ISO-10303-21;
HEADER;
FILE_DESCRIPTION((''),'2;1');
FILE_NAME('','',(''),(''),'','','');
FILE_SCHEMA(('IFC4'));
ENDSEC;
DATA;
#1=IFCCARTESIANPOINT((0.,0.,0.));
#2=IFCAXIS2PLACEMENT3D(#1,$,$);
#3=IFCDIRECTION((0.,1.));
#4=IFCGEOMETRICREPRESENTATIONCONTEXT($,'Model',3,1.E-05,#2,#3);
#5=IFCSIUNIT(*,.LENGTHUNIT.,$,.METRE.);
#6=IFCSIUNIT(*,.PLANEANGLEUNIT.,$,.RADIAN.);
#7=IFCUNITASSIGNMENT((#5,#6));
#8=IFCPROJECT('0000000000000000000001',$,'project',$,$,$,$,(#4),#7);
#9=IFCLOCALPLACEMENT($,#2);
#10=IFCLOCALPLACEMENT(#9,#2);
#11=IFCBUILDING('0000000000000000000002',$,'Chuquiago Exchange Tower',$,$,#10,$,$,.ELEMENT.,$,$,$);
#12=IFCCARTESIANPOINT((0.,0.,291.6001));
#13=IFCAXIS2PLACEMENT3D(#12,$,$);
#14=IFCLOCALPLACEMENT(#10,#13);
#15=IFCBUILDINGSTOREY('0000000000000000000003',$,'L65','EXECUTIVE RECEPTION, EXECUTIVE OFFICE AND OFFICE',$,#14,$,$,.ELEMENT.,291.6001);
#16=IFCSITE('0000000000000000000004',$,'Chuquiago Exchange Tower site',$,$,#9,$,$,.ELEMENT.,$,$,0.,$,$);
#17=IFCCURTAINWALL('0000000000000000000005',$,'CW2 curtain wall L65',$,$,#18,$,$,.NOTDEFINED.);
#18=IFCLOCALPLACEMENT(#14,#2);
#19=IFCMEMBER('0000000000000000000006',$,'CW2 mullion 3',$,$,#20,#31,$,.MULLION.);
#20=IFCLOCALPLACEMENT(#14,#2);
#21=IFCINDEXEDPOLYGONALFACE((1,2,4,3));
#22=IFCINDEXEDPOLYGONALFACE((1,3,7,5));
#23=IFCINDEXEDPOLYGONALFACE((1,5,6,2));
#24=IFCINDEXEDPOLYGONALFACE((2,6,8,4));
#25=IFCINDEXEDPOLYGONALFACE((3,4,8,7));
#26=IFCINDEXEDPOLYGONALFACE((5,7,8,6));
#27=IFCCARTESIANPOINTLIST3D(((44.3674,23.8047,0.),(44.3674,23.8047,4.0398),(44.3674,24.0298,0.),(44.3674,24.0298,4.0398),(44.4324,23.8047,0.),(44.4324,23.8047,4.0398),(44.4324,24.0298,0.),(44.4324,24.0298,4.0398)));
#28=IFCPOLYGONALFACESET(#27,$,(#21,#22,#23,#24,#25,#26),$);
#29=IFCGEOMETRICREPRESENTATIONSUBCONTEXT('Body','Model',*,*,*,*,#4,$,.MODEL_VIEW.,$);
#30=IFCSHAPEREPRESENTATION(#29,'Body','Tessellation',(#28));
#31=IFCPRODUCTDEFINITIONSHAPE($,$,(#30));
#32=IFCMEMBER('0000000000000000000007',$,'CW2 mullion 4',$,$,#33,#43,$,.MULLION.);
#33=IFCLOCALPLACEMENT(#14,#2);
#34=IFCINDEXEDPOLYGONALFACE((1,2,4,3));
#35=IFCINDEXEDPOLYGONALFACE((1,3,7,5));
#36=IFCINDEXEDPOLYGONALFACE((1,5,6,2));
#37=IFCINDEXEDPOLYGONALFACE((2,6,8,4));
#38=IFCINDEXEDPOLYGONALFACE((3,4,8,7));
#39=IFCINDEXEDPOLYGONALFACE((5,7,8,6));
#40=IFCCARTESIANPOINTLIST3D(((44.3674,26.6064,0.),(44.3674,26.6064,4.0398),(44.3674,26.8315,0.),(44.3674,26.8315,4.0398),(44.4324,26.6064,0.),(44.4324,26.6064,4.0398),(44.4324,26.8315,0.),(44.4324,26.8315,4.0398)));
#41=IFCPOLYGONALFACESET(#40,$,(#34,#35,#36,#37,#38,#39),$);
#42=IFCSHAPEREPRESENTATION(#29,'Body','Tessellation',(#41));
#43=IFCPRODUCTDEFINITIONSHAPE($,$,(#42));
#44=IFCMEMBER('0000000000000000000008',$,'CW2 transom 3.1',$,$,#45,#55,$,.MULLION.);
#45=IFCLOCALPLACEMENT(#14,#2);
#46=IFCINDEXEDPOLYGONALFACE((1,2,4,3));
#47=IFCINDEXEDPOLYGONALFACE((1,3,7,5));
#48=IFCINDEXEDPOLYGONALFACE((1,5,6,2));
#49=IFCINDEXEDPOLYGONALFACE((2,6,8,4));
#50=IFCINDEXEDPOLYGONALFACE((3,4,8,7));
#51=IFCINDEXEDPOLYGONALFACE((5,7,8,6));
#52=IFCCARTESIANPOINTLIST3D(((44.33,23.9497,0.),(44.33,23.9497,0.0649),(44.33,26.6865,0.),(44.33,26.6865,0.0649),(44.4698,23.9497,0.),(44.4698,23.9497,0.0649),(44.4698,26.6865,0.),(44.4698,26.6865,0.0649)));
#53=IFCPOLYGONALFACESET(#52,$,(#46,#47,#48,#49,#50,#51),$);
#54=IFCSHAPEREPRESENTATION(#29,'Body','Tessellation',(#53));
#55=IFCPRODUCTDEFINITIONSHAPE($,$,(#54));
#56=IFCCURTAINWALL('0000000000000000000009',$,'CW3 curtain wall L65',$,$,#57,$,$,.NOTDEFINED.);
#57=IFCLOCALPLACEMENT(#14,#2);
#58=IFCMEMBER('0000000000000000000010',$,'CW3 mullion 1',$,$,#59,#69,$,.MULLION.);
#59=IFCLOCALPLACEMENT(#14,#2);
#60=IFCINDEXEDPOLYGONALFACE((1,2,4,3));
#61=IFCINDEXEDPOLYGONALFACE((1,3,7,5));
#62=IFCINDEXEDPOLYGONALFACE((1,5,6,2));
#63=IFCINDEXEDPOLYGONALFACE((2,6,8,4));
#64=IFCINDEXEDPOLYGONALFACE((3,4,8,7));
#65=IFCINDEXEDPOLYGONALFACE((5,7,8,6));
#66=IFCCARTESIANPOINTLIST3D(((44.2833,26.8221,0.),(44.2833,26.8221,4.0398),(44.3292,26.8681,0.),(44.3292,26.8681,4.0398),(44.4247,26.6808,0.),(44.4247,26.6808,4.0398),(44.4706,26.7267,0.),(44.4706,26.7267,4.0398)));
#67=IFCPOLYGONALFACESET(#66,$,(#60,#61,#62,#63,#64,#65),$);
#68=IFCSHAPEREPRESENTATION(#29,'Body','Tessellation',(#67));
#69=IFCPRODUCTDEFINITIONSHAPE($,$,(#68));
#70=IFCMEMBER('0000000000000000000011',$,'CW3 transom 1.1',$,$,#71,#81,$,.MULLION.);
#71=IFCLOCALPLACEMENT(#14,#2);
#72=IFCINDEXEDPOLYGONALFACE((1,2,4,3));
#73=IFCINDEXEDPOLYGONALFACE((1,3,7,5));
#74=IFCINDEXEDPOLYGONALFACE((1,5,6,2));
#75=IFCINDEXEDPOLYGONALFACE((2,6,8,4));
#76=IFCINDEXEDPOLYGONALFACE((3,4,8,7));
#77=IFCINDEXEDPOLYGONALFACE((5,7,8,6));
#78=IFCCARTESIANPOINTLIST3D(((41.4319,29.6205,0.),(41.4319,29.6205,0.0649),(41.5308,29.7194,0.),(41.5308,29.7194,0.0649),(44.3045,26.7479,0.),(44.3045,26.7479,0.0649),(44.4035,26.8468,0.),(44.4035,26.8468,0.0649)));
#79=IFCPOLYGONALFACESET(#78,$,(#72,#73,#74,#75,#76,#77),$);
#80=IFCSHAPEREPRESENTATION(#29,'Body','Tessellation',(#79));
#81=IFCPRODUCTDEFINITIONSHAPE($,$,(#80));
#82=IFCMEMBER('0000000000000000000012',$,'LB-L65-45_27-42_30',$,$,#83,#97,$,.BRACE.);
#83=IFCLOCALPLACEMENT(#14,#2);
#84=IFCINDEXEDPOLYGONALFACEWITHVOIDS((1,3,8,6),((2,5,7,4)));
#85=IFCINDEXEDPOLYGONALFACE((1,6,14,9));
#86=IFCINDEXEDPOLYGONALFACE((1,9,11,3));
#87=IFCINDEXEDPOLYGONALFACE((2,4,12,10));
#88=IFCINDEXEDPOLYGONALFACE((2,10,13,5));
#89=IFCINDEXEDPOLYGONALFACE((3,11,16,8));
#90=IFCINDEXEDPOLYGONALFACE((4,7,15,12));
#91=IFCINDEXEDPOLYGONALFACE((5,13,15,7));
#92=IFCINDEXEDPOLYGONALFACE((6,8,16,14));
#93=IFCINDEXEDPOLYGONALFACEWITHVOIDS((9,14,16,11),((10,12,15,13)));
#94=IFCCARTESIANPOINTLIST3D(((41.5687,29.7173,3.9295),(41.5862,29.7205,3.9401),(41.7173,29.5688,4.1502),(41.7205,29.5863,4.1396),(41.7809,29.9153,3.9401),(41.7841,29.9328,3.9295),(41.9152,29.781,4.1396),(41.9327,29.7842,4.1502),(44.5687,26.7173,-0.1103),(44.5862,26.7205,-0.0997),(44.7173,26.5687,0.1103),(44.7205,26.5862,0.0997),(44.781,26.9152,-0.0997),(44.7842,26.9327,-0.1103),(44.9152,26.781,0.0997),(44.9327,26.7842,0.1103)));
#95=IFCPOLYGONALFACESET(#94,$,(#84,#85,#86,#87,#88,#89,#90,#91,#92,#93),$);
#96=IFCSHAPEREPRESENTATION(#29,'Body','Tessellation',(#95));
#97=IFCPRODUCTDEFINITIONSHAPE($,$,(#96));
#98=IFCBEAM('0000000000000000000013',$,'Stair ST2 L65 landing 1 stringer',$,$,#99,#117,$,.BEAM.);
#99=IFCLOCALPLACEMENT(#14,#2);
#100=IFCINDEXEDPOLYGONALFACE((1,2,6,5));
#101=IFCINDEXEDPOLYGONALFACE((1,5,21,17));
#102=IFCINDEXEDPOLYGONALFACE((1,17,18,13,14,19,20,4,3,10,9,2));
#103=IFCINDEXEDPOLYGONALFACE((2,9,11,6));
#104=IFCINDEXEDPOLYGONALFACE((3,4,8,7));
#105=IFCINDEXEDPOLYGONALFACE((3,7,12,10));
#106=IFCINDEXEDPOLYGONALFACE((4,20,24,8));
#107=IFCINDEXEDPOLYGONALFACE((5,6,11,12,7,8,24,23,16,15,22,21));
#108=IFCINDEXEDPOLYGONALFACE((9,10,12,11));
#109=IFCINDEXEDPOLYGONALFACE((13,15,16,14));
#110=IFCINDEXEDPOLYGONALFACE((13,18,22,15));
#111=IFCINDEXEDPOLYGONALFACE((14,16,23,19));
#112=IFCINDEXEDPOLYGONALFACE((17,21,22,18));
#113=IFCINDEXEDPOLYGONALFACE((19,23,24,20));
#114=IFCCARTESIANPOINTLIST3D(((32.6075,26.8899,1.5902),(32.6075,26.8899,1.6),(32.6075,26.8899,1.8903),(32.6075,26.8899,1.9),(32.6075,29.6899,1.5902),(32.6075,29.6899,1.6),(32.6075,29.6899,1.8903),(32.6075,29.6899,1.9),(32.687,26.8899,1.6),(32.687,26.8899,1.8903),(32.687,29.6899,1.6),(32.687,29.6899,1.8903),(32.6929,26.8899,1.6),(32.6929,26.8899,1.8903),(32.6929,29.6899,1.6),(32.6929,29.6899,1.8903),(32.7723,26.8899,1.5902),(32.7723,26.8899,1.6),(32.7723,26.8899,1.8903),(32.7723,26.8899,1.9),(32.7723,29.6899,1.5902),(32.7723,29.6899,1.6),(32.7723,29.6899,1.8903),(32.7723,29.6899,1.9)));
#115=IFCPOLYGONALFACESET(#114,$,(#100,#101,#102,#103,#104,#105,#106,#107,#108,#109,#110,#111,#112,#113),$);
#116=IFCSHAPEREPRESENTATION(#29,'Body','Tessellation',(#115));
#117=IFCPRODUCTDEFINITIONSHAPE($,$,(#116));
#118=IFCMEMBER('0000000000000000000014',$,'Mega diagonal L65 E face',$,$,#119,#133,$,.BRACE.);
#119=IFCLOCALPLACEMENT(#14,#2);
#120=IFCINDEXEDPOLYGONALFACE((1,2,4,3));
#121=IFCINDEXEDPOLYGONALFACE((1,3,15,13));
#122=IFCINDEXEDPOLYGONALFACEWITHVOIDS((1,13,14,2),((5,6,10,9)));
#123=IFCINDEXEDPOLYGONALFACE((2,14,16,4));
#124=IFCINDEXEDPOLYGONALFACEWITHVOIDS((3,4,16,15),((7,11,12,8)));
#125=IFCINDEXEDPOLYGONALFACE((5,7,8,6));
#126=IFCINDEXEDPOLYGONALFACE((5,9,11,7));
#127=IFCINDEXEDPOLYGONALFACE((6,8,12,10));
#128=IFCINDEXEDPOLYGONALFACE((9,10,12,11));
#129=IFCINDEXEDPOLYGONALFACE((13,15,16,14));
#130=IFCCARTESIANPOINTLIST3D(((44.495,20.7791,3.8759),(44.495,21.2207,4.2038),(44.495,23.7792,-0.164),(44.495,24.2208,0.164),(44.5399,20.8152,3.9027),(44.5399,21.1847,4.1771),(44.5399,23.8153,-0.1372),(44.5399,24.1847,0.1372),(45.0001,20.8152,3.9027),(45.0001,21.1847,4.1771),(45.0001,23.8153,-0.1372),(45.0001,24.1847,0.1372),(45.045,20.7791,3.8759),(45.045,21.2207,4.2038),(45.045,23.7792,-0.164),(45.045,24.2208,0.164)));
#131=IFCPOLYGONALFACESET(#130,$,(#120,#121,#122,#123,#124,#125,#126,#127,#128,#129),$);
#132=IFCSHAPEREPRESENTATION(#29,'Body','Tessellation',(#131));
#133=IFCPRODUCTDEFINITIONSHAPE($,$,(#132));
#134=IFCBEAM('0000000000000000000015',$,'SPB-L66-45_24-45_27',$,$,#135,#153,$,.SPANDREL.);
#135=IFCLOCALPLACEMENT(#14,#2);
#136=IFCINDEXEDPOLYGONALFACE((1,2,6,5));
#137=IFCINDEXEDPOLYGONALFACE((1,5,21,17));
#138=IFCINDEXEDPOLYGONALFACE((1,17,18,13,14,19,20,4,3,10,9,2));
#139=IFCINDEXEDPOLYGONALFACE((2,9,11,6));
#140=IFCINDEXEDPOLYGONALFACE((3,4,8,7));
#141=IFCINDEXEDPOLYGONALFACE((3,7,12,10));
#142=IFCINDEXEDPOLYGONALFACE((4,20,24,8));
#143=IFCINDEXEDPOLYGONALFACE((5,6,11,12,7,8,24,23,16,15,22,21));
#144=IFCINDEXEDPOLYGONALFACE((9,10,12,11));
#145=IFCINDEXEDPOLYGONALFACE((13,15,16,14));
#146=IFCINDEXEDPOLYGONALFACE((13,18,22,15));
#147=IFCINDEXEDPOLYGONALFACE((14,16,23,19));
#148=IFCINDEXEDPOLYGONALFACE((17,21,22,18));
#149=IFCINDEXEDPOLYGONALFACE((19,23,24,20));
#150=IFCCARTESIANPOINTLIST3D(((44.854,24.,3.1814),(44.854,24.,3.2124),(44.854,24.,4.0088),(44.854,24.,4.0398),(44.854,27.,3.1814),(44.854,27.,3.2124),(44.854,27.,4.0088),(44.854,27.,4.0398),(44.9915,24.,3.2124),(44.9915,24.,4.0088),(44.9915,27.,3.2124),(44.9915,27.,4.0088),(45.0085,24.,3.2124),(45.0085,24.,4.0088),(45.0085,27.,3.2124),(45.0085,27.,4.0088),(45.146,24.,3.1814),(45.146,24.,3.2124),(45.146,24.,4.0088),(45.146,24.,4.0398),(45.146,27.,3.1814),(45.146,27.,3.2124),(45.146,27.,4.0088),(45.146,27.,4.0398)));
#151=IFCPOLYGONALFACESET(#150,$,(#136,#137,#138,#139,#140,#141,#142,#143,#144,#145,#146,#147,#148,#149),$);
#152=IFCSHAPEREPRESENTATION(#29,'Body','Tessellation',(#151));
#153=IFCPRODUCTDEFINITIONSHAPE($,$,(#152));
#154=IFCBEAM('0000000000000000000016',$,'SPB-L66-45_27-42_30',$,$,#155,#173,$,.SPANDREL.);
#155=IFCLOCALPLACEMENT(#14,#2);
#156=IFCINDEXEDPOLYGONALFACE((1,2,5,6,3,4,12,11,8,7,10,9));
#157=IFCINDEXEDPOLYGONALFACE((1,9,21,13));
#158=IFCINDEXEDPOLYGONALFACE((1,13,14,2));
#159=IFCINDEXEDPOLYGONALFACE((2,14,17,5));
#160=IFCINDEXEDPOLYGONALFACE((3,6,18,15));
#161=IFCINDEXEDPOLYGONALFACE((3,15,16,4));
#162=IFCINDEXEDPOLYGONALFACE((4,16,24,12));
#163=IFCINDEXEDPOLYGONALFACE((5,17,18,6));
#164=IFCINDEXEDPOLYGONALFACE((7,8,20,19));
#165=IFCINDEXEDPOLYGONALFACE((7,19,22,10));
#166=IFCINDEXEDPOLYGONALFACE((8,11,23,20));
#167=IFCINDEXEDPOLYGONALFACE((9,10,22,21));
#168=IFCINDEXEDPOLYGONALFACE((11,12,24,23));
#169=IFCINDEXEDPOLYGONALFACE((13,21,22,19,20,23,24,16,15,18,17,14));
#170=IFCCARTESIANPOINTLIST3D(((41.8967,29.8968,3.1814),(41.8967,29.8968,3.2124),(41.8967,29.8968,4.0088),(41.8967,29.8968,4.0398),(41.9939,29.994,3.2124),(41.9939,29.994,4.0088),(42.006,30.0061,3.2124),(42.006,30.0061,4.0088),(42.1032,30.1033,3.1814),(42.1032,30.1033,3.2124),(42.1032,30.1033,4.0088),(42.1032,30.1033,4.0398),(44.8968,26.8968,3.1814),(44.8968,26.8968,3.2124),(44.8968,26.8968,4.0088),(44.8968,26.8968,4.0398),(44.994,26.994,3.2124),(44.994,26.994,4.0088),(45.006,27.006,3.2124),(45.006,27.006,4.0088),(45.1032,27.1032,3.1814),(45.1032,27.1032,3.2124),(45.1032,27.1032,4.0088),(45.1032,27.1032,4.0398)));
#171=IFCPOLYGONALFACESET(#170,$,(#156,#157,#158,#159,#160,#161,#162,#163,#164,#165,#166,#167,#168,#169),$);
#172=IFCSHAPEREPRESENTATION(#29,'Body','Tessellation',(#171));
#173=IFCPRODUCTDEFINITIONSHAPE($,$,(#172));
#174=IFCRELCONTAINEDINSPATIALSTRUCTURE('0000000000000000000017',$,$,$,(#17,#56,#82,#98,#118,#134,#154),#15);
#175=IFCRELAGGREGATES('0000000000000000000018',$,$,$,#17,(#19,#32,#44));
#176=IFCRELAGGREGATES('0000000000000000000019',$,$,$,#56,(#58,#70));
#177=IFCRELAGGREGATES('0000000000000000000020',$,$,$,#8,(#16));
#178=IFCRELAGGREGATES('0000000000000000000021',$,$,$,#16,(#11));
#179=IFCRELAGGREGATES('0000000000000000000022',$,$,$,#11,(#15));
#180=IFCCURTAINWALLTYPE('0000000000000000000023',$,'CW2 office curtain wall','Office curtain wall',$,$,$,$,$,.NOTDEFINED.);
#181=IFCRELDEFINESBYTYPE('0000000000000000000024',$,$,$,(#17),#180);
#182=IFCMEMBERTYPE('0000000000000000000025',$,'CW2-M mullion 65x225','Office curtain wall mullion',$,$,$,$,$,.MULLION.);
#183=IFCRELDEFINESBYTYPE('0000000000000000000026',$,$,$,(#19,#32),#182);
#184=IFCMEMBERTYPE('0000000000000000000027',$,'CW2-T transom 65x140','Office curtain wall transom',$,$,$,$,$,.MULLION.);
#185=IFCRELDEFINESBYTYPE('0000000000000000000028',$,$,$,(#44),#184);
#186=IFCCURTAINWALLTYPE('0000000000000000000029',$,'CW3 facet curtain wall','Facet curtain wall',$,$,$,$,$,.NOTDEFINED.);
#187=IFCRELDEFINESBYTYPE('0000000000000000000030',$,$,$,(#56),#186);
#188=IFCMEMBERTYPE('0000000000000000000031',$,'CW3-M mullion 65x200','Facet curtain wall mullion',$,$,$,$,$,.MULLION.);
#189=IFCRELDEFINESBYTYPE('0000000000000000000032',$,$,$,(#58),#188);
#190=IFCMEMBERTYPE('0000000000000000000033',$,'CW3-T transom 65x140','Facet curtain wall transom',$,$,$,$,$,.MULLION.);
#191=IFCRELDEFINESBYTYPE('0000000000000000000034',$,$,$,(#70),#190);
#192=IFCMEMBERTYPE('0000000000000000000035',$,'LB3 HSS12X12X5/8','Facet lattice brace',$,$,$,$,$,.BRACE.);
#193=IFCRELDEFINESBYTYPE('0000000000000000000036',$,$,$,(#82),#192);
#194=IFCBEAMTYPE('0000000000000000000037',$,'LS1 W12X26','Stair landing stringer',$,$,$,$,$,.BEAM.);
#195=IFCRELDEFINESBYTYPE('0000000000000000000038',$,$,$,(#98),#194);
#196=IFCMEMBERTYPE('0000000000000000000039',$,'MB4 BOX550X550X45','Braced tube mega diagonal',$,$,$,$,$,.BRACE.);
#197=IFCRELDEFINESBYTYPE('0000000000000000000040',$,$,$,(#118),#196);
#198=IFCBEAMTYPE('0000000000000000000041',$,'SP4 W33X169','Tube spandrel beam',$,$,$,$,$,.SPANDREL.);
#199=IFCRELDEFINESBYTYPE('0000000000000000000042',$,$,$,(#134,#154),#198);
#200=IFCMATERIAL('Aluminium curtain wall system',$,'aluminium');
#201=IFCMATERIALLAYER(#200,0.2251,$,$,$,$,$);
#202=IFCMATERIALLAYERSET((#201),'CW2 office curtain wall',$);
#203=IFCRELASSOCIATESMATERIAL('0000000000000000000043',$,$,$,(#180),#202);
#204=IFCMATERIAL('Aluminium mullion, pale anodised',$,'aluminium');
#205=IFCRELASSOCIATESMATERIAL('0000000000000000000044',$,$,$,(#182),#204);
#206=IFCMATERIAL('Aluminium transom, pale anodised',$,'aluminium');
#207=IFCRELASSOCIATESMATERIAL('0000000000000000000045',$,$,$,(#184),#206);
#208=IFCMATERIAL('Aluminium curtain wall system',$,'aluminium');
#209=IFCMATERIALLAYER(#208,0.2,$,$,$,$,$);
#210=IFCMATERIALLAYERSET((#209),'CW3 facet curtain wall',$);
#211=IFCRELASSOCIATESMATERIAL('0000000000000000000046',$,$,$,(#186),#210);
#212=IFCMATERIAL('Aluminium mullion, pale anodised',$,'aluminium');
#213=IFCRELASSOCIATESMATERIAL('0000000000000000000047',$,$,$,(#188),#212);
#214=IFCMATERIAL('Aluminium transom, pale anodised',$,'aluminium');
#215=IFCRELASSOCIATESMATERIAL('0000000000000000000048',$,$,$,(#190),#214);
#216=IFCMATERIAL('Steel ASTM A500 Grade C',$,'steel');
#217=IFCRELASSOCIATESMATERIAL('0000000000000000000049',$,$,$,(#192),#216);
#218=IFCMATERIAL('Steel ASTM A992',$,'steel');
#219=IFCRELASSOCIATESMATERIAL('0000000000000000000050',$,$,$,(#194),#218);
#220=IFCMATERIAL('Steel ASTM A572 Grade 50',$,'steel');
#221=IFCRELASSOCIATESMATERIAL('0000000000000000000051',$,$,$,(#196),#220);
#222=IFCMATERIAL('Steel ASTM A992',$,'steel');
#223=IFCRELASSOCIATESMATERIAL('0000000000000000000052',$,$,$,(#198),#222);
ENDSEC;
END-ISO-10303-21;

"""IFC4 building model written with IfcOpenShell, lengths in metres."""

from ifc_helpers import new_model, si_unit, direction, frame, origin, origin_2d, place, context, subcontext, project, spatial, rectangle, hollow_rectangle, i_section, extrude, material, layer, layer_set, material_profile, profile_set, type_object, element, aggregate, save


model = new_model("IFC4")

# Units and contexts
model_context = context("Model", 3, precision=1e-05, world=origin(), true_north=direction((0.0, 1.0)))
body_context = subcontext(model_context, "Body", "Model", "MODEL_VIEW")
ifc_project = project(units=[si_unit("LENGTHUNIT", "METRE"), si_unit("PLANEANGLEUNIT", "RADIAN")], contexts=[model_context])

# Site, building, storey
site_placement = place(None, origin())
site = spatial("IfcSite", under=ifc_project, at=site_placement, Name="Chuquiago Exchange Tower site", CompositionType="ELEMENT", RefElevation=0.0)
building_placement = place(site_placement, origin())
building = spatial("IfcBuilding", under=site, at=building_placement, Name="Chuquiago Exchange Tower", CompositionType="ELEMENT")
storey_placement = place(building_placement, frame((0.0, 0.0, 291.6001)))
storey = spatial("IfcBuildingStorey", under=building, at=storey_placement, Name="L65", Description="EXECUTIVE RECEPTION, EXECUTIVE OFFICE AND OFFICE", CompositionType="ELEMENT", Elevation=291.6001)

# Curtain walls, members
ifc_material_1 = material(Name="Aluminium curtain wall system", Category="aluminium")
ifc_layer_1 = layer(ifc_material_1, 0.2251)
ifc_layer_set_1 = layer_set([ifc_layer_1], Name="CW2 office curtain wall")
curtain_wall_type_1 = type_object("IfcCurtainWallType", Name="CW2 office curtain wall", Description="Office curtain wall", PredefinedType="NOTDEFINED", material=ifc_layer_set_1)
curtain_wall_1_placement = place(storey_placement, origin())
curtain_wall_1 = element("IfcCurtainWall", 1, at=curtain_wall_1_placement, inside=storey, type_object=curtain_wall_type_1, Name="CW2 curtain wall L65", PredefinedType="NOTDEFINED")
ifc_material_2 = material(Name="Aluminium mullion, pale anodised", Category="aluminium")
ifc_material_profile_1 = material_profile(ifc_material_2, rectangle(XDim=0.0649, YDim=0.2251, at=origin_2d()), Name="AL 65x225")
ifc_profile_set_1 = profile_set([ifc_material_profile_1], Name="Aluminium mullion, pale anodised")
member_type_1 = type_object("IfcMemberType", Name="CW2-M mullion 65x225", Description="Office curtain wall mullion", PredefinedType="MULLION", material=ifc_profile_set_1)
member_1_placement = place(storey_placement, frame((44.3999, 23.9172, 0.0), z_axis=(0.0, 0.0, 1.0), x_axis=(-1.0, 0.0, 0.0)))
member_1 = element("IfcMember", 2, at=member_1_placement, type_object=member_type_1, Name="CW2 mullion 3", PredefinedType="MULLION", context=body_context, shape_type="SweptSolid", body=[
    extrude(rectangle(XDim=0.0649, YDim=0.2251, at=origin_2d()), origin(), (0.0, 0.0, 1.0), 4.0398),
])
member_2_placement = place(storey_placement, frame((44.3999, 26.719, 0.0), z_axis=(0.0, 0.0, 1.0), x_axis=(-1.0, 0.0, 0.0)))
member_2 = element("IfcMember", 3, at=member_2_placement, type_object=member_type_1, Name="CW2 mullion 4", PredefinedType="MULLION", context=body_context, shape_type="SweptSolid", body=[
    extrude(rectangle(XDim=0.0649, YDim=0.2251, at=origin_2d()), origin(), (0.0, 0.0, 1.0), 4.0398),
])
ifc_material_3 = material(Name="Aluminium transom, pale anodised", Category="aluminium")
ifc_material_profile_2 = material_profile(ifc_material_3, rectangle(XDim=0.1399, YDim=0.0649, at=origin_2d()), Name="AL 140x65")
ifc_profile_set_2 = profile_set([ifc_material_profile_2], Name="Aluminium transom, pale anodised")
member_type_2 = type_object("IfcMemberType", Name="CW2-T transom 65x140", Description="Office curtain wall transom", PredefinedType="MULLION", material=ifc_profile_set_2)
member_3_placement = place(storey_placement, frame((44.3999, 23.9497, 0.0325), z_axis=(0.0, 1.0, 0.0), x_axis=(-1.0, 0.0, 0.0)))
member_3 = element("IfcMember", 4, at=member_3_placement, type_object=member_type_2, Name="CW2 transom 3.1", PredefinedType="MULLION", context=body_context, shape_type="SweptSolid", body=[
    extrude(rectangle(XDim=0.1399, YDim=0.0649, at=origin_2d()), origin(), (0.0, 0.0, 1.0), 2.7368),
])
ifc_material_4 = material(Name="Aluminium curtain wall system", Category="aluminium")
ifc_layer_2 = layer(ifc_material_4, 0.2)
ifc_layer_set_2 = layer_set([ifc_layer_2], Name="CW3 facet curtain wall")
curtain_wall_type_2 = type_object("IfcCurtainWallType", Name="CW3 facet curtain wall", Description="Facet curtain wall", PredefinedType="NOTDEFINED", material=ifc_layer_set_2)
curtain_wall_2_placement = place(storey_placement, origin())
curtain_wall_2 = element("IfcCurtainWall", 5, at=curtain_wall_2_placement, inside=storey, type_object=curtain_wall_type_2, Name="CW3 curtain wall L65", PredefinedType="NOTDEFINED")
ifc_material_5 = material(Name="Aluminium mullion, pale anodised", Category="aluminium")
ifc_material_profile_3 = material_profile(ifc_material_5, rectangle(XDim=0.0649, YDim=0.2, at=origin_2d()), Name="AL 65x200")
ifc_profile_set_3 = profile_set([ifc_material_profile_3], Name="Aluminium mullion, pale anodised")
member_type_3 = type_object("IfcMemberType", Name="CW3-M mullion 65x200", Description="Facet curtain wall mullion", PredefinedType="MULLION", material=ifc_profile_set_3)
member_4_placement = place(storey_placement, frame((44.377, 26.7744, 0.0), z_axis=(0.0, 0.0, 1.0), x_axis=(-0.707107, -0.707107, 0.0)))
member_4 = element("IfcMember", 6, at=member_4_placement, type_object=member_type_3, Name="CW3 mullion 1", PredefinedType="MULLION", context=body_context, shape_type="SweptSolid", body=[
    extrude(rectangle(XDim=0.0649, YDim=0.2, at=origin_2d()), origin(), (0.0, 0.0, 1.0), 4.0398),
])
ifc_material_6 = material(Name="Aluminium transom, pale anodised", Category="aluminium")
ifc_material_profile_4 = material_profile(ifc_material_6, rectangle(XDim=0.1399, YDim=0.0649, at=origin_2d()), Name="AL 140x65")
ifc_profile_set_4 = profile_set([ifc_material_profile_4], Name="Aluminium transom, pale anodised")
member_type_4 = type_object("IfcMemberType", Name="CW3-T transom 65x140", Description="Facet curtain wall transom", PredefinedType="MULLION", material=ifc_profile_set_4)
member_5_placement = place(storey_placement, frame((44.354, 26.7974, 0.0325), z_axis=(-0.707107, 0.707107, 0.0), x_axis=(-0.707107, -0.707107, 0.0)))
member_5 = element("IfcMember", 7, at=member_5_placement, type_object=member_type_4, Name="CW3 transom 1.1", PredefinedType="MULLION", context=body_context, shape_type="SweptSolid", body=[
    extrude(rectangle(XDim=0.1399, YDim=0.0649, at=origin_2d()), origin(), (0.0, 0.0, 1.0), 4.0625),
])

# Member
ifc_material_7 = material(Name="Steel ASTM A500 Grade C", Category="steel")
ifc_material_profile_5 = material_profile(ifc_material_7, hollow_rectangle(XDim=0.3047, YDim=0.3047, WallThickness=0.0146, at=origin_2d()), Name="HSS12X12X5/8")
ifc_profile_set_5 = profile_set([ifc_material_profile_5], Name="Steel ASTM A500 Grade C")
member_type_5 = type_object("IfcMemberType", Name="LB3 HSS12X12X5/8", Description="Facet lattice brace", PredefinedType="BRACE", material=ifc_profile_set_5)
member_6_placement = place(storey_placement, frame((44.7507, 26.7507, 0.0), z_axis=(-0.512092, 0.512092, 0.689582), x_axis=(-0.707107, -0.707107, 0.0)))
element("IfcMember", 8, at=member_6_placement, inside=storey, type_object=member_type_5, Name="LB-L65-45_27-42_30", PredefinedType="BRACE", context=body_context, shape_type="SweptSolid", body=[
    extrude(hollow_rectangle(XDim=0.3047, YDim=0.3047, WallThickness=0.0146, at=origin_2d()), origin(), (0.0, 0.0, 1.0), 5.8584),
])

# Beam
ifc_material_8 = material(Name="Steel ASTM A992", Category="steel")
ifc_material_profile_6 = material_profile(ifc_material_8, i_section(OverallWidth=0.1648, OverallDepth=0.3098, WebThickness=0.0059, FlangeThickness=0.0098, at=origin_2d()), Name="W12X26")
ifc_profile_set_6 = profile_set([ifc_material_profile_6], Name="Steel ASTM A992")
beam_type_1 = type_object("IfcBeamType", Name="LS1 W12X26", Description="Stair landing stringer", PredefinedType="BEAM", material=ifc_profile_set_6)
beam_1_placement = place(storey_placement, frame((32.6899, 26.8899, 1.7451), z_axis=(0.0, 1.0, 0.0), x_axis=(-1.0, 0.0, 0.0)))
element("IfcBeam", 9, at=beam_1_placement, inside=storey, type_object=beam_type_1, Name="Stair ST2 L65 landing 1 stringer", PredefinedType="BEAM", context=body_context, shape_type="SweptSolid", body=[
    extrude(i_section(OverallWidth=0.1648, OverallDepth=0.3098, WebThickness=0.0059, FlangeThickness=0.0098, at=origin_2d()), origin(), (0.0, 0.0, 1.0), 2.8),
])

# Member
ifc_material_9 = material(Name="Steel ASTM A572 Grade 50", Category="steel")
ifc_material_profile_7 = material_profile(ifc_material_9, hollow_rectangle(XDim=0.55, YDim=0.55, WallThickness=0.0449, at=origin_2d()), Name="BOX550X550X45")
ifc_profile_set_7 = profile_set([ifc_material_profile_7], Name="Steel ASTM A572 Grade 50")
member_type_6 = type_object("IfcMemberType", Name="MB4 BOX550X550X45", Description="Braced tube mega diagonal", PredefinedType="BRACE", material=ifc_profile_set_7)
member_7_placement = place(storey_placement, frame((44.77, 24.0, 0.0), z_axis=(0.0, -0.596197, 0.802838), x_axis=(1.0, 0.0, 0.0)))
element("IfcMember", 10, at=member_7_placement, inside=storey, type_object=member_type_6, Name="Mega diagonal L65 E face", PredefinedType="BRACE", context=body_context, shape_type="SweptSolid", body=[
    extrude(hollow_rectangle(XDim=0.55, YDim=0.55, WallThickness=0.0449, at=origin_2d()), origin(), (0.0, 0.0, 1.0), 5.032),
])

# Beams
ifc_material_10 = material(Name="Steel ASTM A992", Category="steel")
ifc_material_profile_8 = material_profile(ifc_material_10, i_section(OverallWidth=0.292, OverallDepth=0.8584, WebThickness=0.0171, FlangeThickness=0.031, at=origin_2d()), Name="W33X169")
ifc_profile_set_8 = profile_set([ifc_material_profile_8], Name="Steel ASTM A992")
beam_type_2 = type_object("IfcBeamType", Name="SP4 W33X169", Description="Tube spandrel beam", PredefinedType="SPANDREL", material=ifc_profile_set_8)
beam_2_placement = place(storey_placement, frame((45.0, 24.0, 3.6106), z_axis=(0.0, 1.0, 0.0), x_axis=(-1.0, 0.0, 0.0)))
element("IfcBeam", 11, at=beam_2_placement, inside=storey, type_object=beam_type_2, Name="SPB-L66-45_24-45_27", PredefinedType="SPANDREL", context=body_context, shape_type="SweptSolid", body=[
    extrude(i_section(OverallWidth=0.292, OverallDepth=0.8584, WebThickness=0.0171, FlangeThickness=0.031, at=origin_2d()), origin(), (0.0, 0.0, 1.0), 3.0),
])
beam_3_placement = place(storey_placement, frame((45.0, 27.0, 3.6106), z_axis=(-0.707107, 0.707107, 0.0), x_axis=(-0.707107, -0.707107, 0.0)))
element("IfcBeam", 12, at=beam_3_placement, inside=storey, type_object=beam_type_2, Name="SPB-L66-45_27-42_30", PredefinedType="SPANDREL", context=body_context, shape_type="SweptSolid", body=[
    extrude(i_section(OverallWidth=0.292, OverallDepth=0.8584, WebThickness=0.0171, FlangeThickness=0.031, at=origin_2d()), origin(), (0.0, 0.0, 1.0), 4.2427),
])

aggregate(curtain_wall_1, [member_1, member_2, member_3])
aggregate(curtain_wall_2, [member_4, member_5])

save(model, "model.ifc")
